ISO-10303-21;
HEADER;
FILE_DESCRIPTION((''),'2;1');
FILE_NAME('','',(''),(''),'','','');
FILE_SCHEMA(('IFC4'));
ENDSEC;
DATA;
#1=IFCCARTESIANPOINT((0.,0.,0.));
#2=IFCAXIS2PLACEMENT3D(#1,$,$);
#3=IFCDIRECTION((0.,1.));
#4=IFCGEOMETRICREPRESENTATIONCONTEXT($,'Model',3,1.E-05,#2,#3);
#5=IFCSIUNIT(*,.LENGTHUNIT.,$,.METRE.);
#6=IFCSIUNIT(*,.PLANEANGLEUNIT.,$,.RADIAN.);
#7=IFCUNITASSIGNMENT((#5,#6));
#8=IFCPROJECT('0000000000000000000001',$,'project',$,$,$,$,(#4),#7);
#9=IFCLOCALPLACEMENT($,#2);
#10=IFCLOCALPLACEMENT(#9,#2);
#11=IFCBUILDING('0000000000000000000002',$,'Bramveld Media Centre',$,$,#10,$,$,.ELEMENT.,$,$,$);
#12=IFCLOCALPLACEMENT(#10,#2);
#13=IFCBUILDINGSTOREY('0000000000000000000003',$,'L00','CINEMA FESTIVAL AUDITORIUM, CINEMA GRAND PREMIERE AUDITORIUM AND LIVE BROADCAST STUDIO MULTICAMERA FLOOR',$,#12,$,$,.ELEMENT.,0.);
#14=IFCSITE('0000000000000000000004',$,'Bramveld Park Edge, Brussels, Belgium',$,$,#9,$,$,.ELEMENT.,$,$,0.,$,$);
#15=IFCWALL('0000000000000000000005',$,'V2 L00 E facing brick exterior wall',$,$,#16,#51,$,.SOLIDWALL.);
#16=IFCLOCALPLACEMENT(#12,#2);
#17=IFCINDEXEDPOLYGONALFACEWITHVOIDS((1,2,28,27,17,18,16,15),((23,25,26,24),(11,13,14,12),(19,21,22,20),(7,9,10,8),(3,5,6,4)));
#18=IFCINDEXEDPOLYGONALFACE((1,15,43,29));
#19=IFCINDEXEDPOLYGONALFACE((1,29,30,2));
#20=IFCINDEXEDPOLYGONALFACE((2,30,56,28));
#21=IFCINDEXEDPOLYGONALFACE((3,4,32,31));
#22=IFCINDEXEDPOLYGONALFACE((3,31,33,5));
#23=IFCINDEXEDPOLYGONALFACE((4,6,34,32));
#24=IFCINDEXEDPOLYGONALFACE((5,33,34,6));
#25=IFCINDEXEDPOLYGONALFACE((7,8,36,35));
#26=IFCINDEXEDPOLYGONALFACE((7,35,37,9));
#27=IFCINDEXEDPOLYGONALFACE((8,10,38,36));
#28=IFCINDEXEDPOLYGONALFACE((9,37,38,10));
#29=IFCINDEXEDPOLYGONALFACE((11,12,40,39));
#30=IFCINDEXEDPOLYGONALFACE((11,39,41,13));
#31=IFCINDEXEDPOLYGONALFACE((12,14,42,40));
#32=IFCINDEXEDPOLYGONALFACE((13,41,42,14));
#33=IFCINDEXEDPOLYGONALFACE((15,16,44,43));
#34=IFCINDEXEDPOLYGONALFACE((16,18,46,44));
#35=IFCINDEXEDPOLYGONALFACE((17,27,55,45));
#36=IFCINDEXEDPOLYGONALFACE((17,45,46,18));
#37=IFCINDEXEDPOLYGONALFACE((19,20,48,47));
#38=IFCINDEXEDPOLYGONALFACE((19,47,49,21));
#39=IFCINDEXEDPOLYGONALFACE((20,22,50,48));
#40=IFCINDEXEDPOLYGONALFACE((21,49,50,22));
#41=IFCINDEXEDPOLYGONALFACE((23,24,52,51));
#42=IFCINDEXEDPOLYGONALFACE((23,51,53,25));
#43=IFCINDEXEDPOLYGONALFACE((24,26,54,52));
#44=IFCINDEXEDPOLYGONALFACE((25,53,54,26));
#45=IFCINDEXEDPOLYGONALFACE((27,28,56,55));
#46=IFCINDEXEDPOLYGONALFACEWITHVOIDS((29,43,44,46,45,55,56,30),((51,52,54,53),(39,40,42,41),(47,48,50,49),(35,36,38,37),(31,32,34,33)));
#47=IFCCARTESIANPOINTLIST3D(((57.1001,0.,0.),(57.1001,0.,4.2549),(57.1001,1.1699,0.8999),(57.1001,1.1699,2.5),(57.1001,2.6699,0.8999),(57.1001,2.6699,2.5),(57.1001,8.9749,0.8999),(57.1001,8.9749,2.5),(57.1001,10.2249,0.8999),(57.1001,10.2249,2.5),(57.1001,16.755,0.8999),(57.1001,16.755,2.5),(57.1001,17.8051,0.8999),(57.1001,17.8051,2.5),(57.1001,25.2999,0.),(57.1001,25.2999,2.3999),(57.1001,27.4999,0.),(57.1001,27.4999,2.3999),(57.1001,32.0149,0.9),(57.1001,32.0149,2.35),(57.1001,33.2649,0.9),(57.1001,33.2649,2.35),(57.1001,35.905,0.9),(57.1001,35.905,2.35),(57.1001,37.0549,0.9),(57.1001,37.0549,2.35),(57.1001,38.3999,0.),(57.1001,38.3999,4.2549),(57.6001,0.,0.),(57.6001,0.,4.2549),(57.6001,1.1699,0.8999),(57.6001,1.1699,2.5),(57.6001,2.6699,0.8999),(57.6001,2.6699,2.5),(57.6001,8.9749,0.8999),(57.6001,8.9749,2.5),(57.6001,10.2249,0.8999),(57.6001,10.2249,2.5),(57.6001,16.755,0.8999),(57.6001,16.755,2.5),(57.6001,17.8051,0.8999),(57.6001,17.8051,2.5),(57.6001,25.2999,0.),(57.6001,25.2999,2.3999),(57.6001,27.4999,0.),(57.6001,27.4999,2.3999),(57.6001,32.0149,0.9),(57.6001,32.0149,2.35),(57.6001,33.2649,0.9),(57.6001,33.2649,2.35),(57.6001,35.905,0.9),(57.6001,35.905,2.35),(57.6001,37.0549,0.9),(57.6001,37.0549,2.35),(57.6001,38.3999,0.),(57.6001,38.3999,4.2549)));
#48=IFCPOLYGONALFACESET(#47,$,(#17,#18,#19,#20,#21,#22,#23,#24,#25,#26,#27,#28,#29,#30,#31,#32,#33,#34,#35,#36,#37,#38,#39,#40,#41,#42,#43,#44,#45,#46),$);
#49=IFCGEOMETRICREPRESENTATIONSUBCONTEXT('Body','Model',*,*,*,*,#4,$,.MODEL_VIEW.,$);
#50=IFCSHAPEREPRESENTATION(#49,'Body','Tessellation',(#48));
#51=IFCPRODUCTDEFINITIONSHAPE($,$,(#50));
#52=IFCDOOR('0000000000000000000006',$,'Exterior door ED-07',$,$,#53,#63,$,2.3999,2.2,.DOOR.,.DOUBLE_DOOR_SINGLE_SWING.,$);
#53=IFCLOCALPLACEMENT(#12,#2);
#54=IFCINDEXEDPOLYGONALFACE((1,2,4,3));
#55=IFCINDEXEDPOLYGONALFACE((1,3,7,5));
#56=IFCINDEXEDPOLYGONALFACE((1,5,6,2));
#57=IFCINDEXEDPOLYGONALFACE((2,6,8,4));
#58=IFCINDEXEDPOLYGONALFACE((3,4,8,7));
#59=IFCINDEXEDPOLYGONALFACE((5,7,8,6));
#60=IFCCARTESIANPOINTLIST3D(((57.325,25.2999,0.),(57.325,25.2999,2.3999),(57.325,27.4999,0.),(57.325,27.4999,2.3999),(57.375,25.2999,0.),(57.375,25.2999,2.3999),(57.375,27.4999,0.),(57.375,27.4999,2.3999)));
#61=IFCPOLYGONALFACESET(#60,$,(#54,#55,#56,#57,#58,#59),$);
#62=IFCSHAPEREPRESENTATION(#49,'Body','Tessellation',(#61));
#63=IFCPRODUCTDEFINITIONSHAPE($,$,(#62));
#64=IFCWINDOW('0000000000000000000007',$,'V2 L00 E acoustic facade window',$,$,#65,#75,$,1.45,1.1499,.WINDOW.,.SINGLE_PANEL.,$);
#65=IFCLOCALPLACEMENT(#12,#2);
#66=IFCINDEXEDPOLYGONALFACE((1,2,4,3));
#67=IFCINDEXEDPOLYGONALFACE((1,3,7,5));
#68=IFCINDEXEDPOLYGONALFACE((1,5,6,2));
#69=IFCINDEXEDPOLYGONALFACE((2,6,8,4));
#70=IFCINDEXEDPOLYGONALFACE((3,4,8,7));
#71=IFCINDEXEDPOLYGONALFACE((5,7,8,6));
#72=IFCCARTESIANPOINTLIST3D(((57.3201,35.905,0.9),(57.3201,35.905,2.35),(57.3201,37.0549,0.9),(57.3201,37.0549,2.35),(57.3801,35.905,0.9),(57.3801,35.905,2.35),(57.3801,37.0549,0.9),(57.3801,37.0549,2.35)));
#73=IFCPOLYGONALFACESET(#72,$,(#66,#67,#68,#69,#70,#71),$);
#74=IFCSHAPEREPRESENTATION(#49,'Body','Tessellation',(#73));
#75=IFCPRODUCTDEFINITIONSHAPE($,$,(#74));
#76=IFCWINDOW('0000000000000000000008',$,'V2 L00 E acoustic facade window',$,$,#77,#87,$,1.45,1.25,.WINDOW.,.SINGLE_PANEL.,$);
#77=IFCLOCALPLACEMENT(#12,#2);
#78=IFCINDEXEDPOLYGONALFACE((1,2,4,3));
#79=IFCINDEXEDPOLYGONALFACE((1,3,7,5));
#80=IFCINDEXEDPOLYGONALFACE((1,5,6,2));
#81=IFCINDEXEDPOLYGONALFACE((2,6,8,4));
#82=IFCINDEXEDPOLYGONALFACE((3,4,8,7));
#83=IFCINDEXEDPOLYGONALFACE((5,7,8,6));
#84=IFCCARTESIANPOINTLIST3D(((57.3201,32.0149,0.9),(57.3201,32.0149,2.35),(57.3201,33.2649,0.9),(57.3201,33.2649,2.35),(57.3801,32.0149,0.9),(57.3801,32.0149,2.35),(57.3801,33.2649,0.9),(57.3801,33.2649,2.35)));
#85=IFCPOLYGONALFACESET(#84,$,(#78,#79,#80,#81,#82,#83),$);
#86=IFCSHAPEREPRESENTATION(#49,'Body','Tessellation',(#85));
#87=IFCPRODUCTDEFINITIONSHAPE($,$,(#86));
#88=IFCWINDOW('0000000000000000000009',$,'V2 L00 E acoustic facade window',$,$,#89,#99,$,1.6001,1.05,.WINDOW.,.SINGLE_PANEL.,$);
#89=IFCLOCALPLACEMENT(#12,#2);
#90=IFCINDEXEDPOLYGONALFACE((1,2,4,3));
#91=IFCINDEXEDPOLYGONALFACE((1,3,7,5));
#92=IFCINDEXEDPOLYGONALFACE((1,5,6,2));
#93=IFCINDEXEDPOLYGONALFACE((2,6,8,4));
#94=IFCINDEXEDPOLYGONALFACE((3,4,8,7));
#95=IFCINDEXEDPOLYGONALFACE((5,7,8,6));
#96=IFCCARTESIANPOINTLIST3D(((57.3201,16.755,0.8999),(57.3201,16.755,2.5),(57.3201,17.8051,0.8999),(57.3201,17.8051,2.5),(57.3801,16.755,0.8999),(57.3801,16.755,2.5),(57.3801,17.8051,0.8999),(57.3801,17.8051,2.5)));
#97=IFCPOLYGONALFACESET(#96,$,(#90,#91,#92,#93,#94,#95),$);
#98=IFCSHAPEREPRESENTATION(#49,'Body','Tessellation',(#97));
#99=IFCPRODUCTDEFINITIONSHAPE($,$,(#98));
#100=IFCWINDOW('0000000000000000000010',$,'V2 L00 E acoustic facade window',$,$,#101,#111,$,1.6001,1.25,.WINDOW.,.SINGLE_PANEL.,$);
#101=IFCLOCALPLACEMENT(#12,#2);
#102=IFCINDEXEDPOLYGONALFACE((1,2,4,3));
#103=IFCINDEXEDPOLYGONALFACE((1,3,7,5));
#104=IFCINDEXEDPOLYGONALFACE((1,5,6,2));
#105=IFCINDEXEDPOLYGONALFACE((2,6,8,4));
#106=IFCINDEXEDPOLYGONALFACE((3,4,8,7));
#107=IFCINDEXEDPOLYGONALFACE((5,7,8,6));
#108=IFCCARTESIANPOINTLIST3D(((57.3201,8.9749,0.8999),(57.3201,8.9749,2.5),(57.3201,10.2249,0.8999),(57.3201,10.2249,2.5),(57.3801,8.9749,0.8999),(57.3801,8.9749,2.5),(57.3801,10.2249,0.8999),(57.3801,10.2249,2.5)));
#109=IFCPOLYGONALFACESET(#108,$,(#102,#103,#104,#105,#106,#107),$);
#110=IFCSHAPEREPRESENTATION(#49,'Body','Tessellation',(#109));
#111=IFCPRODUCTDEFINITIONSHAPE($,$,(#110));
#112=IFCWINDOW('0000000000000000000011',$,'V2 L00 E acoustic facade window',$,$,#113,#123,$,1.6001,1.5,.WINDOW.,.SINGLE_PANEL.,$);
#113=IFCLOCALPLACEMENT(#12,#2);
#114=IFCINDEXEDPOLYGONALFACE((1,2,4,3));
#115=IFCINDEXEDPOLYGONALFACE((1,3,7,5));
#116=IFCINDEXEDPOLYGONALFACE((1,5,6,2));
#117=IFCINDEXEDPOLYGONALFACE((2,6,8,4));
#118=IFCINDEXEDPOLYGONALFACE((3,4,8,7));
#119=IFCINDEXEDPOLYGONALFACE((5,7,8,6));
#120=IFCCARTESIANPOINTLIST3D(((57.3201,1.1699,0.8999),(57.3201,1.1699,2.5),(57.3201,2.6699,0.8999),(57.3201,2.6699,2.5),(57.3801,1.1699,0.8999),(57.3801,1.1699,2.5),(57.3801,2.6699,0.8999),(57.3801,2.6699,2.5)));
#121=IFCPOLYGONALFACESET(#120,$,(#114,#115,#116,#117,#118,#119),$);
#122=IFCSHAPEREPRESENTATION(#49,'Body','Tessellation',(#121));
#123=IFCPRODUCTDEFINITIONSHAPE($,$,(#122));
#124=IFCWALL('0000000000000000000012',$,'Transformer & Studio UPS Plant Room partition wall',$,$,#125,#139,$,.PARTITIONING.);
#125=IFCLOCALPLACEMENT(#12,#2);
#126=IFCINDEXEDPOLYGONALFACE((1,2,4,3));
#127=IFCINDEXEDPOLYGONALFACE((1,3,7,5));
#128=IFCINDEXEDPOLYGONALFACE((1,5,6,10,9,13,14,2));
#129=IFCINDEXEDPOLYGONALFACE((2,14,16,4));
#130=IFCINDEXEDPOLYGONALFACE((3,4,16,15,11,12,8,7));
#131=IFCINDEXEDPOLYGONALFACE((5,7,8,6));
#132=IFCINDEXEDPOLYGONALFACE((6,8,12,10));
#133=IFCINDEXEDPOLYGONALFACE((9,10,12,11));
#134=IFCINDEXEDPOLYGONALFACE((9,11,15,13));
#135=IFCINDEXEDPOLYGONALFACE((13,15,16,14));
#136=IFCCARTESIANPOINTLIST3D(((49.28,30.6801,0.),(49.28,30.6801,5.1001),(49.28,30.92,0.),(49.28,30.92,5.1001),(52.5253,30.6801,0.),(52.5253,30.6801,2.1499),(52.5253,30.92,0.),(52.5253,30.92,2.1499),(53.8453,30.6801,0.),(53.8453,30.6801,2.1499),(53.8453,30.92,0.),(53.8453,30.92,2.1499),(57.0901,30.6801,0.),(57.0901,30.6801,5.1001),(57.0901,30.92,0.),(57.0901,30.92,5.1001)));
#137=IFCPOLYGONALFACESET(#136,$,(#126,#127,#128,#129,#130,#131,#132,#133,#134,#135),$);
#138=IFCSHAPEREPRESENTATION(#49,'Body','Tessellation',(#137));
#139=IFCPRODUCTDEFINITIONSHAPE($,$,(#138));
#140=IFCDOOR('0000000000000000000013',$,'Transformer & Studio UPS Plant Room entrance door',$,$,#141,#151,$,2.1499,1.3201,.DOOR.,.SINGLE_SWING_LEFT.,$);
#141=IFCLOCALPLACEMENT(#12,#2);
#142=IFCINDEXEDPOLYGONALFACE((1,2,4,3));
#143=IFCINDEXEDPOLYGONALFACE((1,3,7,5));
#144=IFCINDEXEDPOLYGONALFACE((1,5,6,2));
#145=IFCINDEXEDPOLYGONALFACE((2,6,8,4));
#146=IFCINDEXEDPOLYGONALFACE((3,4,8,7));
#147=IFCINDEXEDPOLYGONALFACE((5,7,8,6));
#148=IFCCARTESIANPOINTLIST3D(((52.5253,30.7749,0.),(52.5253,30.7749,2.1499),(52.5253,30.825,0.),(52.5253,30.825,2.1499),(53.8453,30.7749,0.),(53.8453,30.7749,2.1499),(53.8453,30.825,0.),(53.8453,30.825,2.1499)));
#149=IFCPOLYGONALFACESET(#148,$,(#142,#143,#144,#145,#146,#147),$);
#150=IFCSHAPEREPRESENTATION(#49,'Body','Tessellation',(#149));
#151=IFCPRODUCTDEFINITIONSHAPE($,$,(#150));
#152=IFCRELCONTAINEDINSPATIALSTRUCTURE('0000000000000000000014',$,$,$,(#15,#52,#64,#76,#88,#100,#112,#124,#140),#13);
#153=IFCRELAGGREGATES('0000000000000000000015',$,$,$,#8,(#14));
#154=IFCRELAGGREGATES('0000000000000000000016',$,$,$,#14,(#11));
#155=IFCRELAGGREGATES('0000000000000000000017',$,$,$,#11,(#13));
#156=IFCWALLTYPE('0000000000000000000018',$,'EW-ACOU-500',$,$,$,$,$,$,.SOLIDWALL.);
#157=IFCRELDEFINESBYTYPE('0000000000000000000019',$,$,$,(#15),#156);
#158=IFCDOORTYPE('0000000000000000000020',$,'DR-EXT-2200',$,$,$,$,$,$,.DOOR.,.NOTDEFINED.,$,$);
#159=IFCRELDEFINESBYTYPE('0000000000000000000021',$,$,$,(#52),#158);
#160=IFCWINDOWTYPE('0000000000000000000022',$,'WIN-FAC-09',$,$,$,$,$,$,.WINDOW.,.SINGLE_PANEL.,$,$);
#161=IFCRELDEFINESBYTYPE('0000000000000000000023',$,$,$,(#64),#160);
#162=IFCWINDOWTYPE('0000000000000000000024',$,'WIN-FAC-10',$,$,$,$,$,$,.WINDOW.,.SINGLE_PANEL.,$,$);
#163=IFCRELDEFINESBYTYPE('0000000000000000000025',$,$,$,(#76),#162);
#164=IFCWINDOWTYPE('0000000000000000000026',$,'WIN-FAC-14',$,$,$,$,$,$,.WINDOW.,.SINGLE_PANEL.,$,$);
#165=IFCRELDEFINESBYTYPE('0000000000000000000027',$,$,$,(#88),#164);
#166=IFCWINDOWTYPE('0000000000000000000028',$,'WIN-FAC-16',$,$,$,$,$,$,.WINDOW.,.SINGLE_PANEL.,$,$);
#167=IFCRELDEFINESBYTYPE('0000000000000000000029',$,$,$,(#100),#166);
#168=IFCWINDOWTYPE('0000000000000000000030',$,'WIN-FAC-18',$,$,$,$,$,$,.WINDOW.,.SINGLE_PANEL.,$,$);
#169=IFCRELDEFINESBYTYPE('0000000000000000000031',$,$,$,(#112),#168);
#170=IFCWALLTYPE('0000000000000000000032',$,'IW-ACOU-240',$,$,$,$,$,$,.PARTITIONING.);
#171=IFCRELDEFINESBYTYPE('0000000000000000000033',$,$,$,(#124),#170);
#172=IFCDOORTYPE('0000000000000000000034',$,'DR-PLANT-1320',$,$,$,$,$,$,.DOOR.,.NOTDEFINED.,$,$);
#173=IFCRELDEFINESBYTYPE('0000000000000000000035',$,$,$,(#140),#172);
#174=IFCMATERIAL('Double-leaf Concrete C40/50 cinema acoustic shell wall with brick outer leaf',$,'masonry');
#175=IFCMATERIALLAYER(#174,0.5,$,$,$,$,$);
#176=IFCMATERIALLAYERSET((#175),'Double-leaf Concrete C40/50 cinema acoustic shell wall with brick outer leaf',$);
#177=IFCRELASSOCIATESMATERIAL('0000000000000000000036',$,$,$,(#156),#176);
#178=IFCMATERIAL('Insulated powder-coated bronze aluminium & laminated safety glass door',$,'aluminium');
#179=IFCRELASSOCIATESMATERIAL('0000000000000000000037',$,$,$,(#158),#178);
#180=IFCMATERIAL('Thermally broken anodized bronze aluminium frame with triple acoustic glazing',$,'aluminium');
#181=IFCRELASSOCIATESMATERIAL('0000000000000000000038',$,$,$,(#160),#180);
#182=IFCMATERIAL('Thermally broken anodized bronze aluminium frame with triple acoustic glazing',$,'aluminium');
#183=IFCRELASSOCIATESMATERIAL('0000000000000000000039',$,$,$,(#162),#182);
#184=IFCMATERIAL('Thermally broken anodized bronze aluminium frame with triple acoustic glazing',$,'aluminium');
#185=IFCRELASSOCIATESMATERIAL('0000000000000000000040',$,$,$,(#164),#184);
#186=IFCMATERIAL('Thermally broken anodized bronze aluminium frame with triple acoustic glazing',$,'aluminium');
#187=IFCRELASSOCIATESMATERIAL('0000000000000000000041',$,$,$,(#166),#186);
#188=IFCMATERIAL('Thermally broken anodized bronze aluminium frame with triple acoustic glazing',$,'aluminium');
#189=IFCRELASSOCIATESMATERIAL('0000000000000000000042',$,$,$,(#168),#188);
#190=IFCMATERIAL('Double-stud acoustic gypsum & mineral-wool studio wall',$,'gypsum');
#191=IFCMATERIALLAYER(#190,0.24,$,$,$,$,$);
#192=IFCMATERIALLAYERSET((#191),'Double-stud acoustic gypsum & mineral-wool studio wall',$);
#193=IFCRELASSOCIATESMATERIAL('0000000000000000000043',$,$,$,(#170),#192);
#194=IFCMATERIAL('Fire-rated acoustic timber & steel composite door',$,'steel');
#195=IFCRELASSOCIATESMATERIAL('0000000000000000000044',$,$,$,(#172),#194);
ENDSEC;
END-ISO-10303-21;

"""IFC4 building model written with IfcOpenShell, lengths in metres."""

from ifc_helpers import new_model, si_unit, direction, frame, frame_2d, origin, place, context, subcontext, project, spatial, rectangle, extrude, material, layer, layer_set, type_object, element, fill, save


model = new_model("IFC4")

# Units and contexts
model_context = context("Model", 3, precision=1e-05, world=origin(), true_north=direction((0.0, 1.0)))
body_context = subcontext(model_context, "Body", "Model", "MODEL_VIEW")
ifc_project = project(units=[si_unit("LENGTHUNIT", "METRE"), si_unit("PLANEANGLEUNIT", "RADIAN")], contexts=[model_context])

# Site, building, storey
site_placement = place(None, origin())
site = spatial("IfcSite", under=ifc_project, at=site_placement, Name="Bramveld Park Edge, Brussels, Belgium", CompositionType="ELEMENT", RefElevation=0.0)
building_placement = place(site_placement, origin())
building = spatial("IfcBuilding", under=site, at=building_placement, Name="Bramveld Media Centre", CompositionType="ELEMENT")
storey_placement = place(building_placement, origin())
storey = spatial("IfcBuildingStorey", under=building, at=storey_placement, Name="L00", Description="CINEMA FESTIVAL AUDITORIUM, CINEMA GRAND PREMIERE AUDITORIUM AND LIVE BROADCAST STUDIO MULTICAMERA FLOOR", CompositionType="ELEMENT", Elevation=0.0)

# Wall, openings, door, windows
ifc_material_1 = material(Name="Double-leaf Concrete C40/50 cinema acoustic shell wall with brick outer leaf", Category="masonry")
ifc_layer_1 = layer(ifc_material_1, 0.5)
ifc_layer_set_1 = layer_set([ifc_layer_1], Name="Double-leaf Concrete C40/50 cinema acoustic shell wall with brick outer leaf")
wall_type_1 = type_object("IfcWallType", Name="EW-ACOU-500", PredefinedType="SOLIDWALL", material=ifc_layer_set_1)
wall_1_placement = place(storey_placement, frame((57.3501, 38.3999, 0.0), z_axis=(0.0, 0.0, 1.0), x_axis=(0.0, -1.0, 0.0)))
wall_1 = element("IfcWall", 1, at=wall_1_placement, inside=storey, type_object=wall_type_1, Name="V2 L00 E facing brick exterior wall", PredefinedType="SOLIDWALL", context=body_context, shape_type="SweptSolid", body=[
    extrude(rectangle(XDim=38.3999, YDim=0.5, at=frame_2d((19.2, 0.0))), origin(), (0.0, 0.0, 1.0), 4.2549),
])
opening_1_placement = place(wall_1_placement, frame((10.8999, 0.0, 0.0)))
opening_1 = element("IfcOpeningElement", 2, at=opening_1_placement, cuts=wall_1, PredefinedType="OPENING", context=body_context, shape_type="SweptSolid", body=[
    extrude(rectangle(XDim=2.2, YDim=2.3999, at=frame_2d((1.1001, 1.2))), frame((0.0, 0.262, 0.0), z_axis=(0.0, -1.0, 0.0), x_axis=(1.0, 0.0, 0.0)), (0.0, 0.0, 1.0), 0.5239),
])
opening_2_placement = place(wall_1_placement, frame((1.345, 0.0, 0.8999)))
opening_2 = element("IfcOpeningElement", 3, at=opening_2_placement, cuts=wall_1, PredefinedType="OPENING", context=body_context, shape_type="SweptSolid", body=[
    extrude(rectangle(XDim=1.1499, YDim=1.45, at=frame_2d((0.575, 0.7251))), frame((0.0, 0.262, 0.0), z_axis=(0.0, -1.0, 0.0), x_axis=(1.0, 0.0, 0.0)), (0.0, 0.0, 1.0), 0.5239),
])
opening_3_placement = place(wall_1_placement, frame((5.135, 0.0, 0.8999)))
opening_3 = element("IfcOpeningElement", 4, at=opening_3_placement, cuts=wall_1, PredefinedType="OPENING", context=body_context, shape_type="SweptSolid", body=[
    extrude(rectangle(XDim=1.25, YDim=1.45, at=frame_2d((0.625, 0.7251))), frame((0.0, 0.262, 0.0), z_axis=(0.0, -1.0, 0.0), x_axis=(1.0, 0.0, 0.0)), (0.0, 0.0, 1.0), 0.5239),
])
opening_4_placement = place(wall_1_placement, frame((20.595, 0.0, 0.8999)))
opening_4 = element("IfcOpeningElement", 5, at=opening_4_placement, cuts=wall_1, PredefinedType="OPENING", context=body_context, shape_type="SweptSolid", body=[
    extrude(rectangle(XDim=1.05, YDim=1.6001, at=frame_2d((0.5249, 0.8))), frame((0.0, 0.262, 0.0), z_axis=(0.0, -1.0, 0.0), x_axis=(1.0, 0.0, 0.0)), (0.0, 0.0, 1.0), 0.5239),
])
opening_5_placement = place(wall_1_placement, frame((28.175, 0.0, 0.8999)))
opening_5 = element("IfcOpeningElement", 6, at=opening_5_placement, cuts=wall_1, PredefinedType="OPENING", context=body_context, shape_type="SweptSolid", body=[
    extrude(rectangle(XDim=1.25, YDim=1.6001, at=frame_2d((0.625, 0.8))), frame((0.0, 0.262, 0.0), z_axis=(0.0, -1.0, 0.0), x_axis=(1.0, 0.0, 0.0)), (0.0, 0.0, 1.0), 0.5239),
])
opening_6_placement = place(wall_1_placement, frame((35.73, 0.0, 0.8999)))
opening_6 = element("IfcOpeningElement", 7, at=opening_6_placement, cuts=wall_1, PredefinedType="OPENING", context=body_context, shape_type="SweptSolid", body=[
    extrude(rectangle(XDim=1.5, YDim=1.6001, at=frame_2d((0.75, 0.8))), frame((0.0, 0.262, 0.0), z_axis=(0.0, -1.0, 0.0), x_axis=(1.0, 0.0, 0.0)), (0.0, 0.0, 1.0), 0.5239),
])
ifc_material_2 = material(Name="Insulated powder-coated bronze aluminium & laminated safety glass door", Category="aluminium")
door_type_1 = type_object("IfcDoorType", Name="DR-EXT-2200", OperationType="NOTDEFINED", PredefinedType="DOOR", material=ifc_material_2)
door_1_placement = place(opening_1_placement, origin())
door_1 = element("IfcDoor", 8, at=door_1_placement, inside=storey, type_object=door_type_1, Name="Exterior door ED-07", OperationType="DOUBLE_DOOR_SINGLE_SWING", OverallHeight=2.3999, OverallWidth=2.2, PredefinedType="DOOR", context=body_context, shape_type="SweptSolid", body=[
    extrude(rectangle(XDim=2.2, YDim=2.3999, at=frame_2d((1.1001, 1.2))), frame((0.0, 0.0249, 0.0), z_axis=(0.0, -1.0, 0.0), x_axis=(1.0, 0.0, 0.0)), (0.0, 0.0, 1.0), 0.05),
])
fill(opening_1, door_1)
ifc_material_3 = material(Name="Thermally broken anodized bronze aluminium frame with triple acoustic glazing", Category="aluminium")
window_type_1 = type_object("IfcWindowType", Name="WIN-FAC-09", PartitioningType="SINGLE_PANEL", PredefinedType="WINDOW", material=ifc_material_3)
window_1_placement = place(opening_2_placement, origin())
window_1 = element("IfcWindow", 9, at=window_1_placement, inside=storey, type_object=window_type_1, Name="V2 L00 E acoustic facade window", OverallHeight=1.45, OverallWidth=1.1499, PartitioningType="SINGLE_PANEL", PredefinedType="WINDOW", context=body_context, shape_type="SweptSolid", body=[
    extrude(rectangle(XDim=1.1499, YDim=1.45, at=frame_2d((0.575, 0.7251))), frame((0.0, 0.03, 0.0), z_axis=(0.0, -1.0, 0.0), x_axis=(1.0, 0.0, 0.0)), (0.0, 0.0, 1.0), 0.0601),
])
fill(opening_2, window_1)
ifc_material_4 = material(Name="Thermally broken anodized bronze aluminium frame with triple acoustic glazing", Category="aluminium")
window_type_2 = type_object("IfcWindowType", Name="WIN-FAC-10", PartitioningType="SINGLE_PANEL", PredefinedType="WINDOW", material=ifc_material_4)
window_2_placement = place(opening_3_placement, origin())
window_2 = element("IfcWindow", 10, at=window_2_placement, inside=storey, type_object=window_type_2, Name="V2 L00 E acoustic facade window", OverallHeight=1.45, OverallWidth=1.25, PartitioningType="SINGLE_PANEL", PredefinedType="WINDOW", context=body_context, shape_type="SweptSolid", body=[
    extrude(rectangle(XDim=1.25, YDim=1.45, at=frame_2d((0.625, 0.7251))), frame((0.0, 0.03, 0.0), z_axis=(0.0, -1.0, 0.0), x_axis=(1.0, 0.0, 0.0)), (0.0, 0.0, 1.0), 0.0601),
])
fill(opening_3, window_2)
ifc_material_5 = material(Name="Thermally broken anodized bronze aluminium frame with triple acoustic glazing", Category="aluminium")
window_type_3 = type_object("IfcWindowType", Name="WIN-FAC-14", PartitioningType="SINGLE_PANEL", PredefinedType="WINDOW", material=ifc_material_5)
window_3_placement = place(opening_4_placement, origin())
window_3 = element("IfcWindow", 11, at=window_3_placement, inside=storey, type_object=window_type_3, Name="V2 L00 E acoustic facade window", OverallHeight=1.6001, OverallWidth=1.05, PartitioningType="SINGLE_PANEL", PredefinedType="WINDOW", context=body_context, shape_type="SweptSolid", body=[
    extrude(rectangle(XDim=1.05, YDim=1.6001, at=frame_2d((0.5249, 0.8))), frame((0.0, 0.03, 0.0), z_axis=(0.0, -1.0, 0.0), x_axis=(1.0, 0.0, 0.0)), (0.0, 0.0, 1.0), 0.0601),
])
fill(opening_4, window_3)
ifc_material_6 = material(Name="Thermally broken anodized bronze aluminium frame with triple acoustic glazing", Category="aluminium")
window_type_4 = type_object("IfcWindowType", Name="WIN-FAC-16", PartitioningType="SINGLE_PANEL", PredefinedType="WINDOW", material=ifc_material_6)
window_4_placement = place(opening_5_placement, origin())
window_4 = element("IfcWindow", 12, at=window_4_placement, inside=storey, type_object=window_type_4, Name="V2 L00 E acoustic facade window", OverallHeight=1.6001, OverallWidth=1.25, PartitioningType="SINGLE_PANEL", PredefinedType="WINDOW", context=body_context, shape_type="SweptSolid", body=[
    extrude(rectangle(XDim=1.25, YDim=1.6001, at=frame_2d((0.625, 0.8))), frame((0.0, 0.03, 0.0), z_axis=(0.0, -1.0, 0.0), x_axis=(1.0, 0.0, 0.0)), (0.0, 0.0, 1.0), 0.0601),
])
fill(opening_5, window_4)
ifc_material_7 = material(Name="Thermally broken anodized bronze aluminium frame with triple acoustic glazing", Category="aluminium")
window_type_5 = type_object("IfcWindowType", Name="WIN-FAC-18", PartitioningType="SINGLE_PANEL", PredefinedType="WINDOW", material=ifc_material_7)
window_5_placement = place(opening_6_placement, origin())
window_5 = element("IfcWindow", 13, at=window_5_placement, inside=storey, type_object=window_type_5, Name="V2 L00 E acoustic facade window", OverallHeight=1.6001, OverallWidth=1.5, PartitioningType="SINGLE_PANEL", PredefinedType="WINDOW", context=body_context, shape_type="SweptSolid", body=[
    extrude(rectangle(XDim=1.5, YDim=1.6001, at=frame_2d((0.75, 0.8))), frame((0.0, 0.03, 0.0), z_axis=(0.0, -1.0, 0.0), x_axis=(1.0, 0.0, 0.0)), (0.0, 0.0, 1.0), 0.0601),
])
fill(opening_6, window_5)

# Wall, opening, door
ifc_material_8 = material(Name="Double-stud acoustic gypsum & mineral-wool studio wall", Category="gypsum")
ifc_layer_2 = layer(ifc_material_8, 0.24)
ifc_layer_set_2 = layer_set([ifc_layer_2], Name="Double-stud acoustic gypsum & mineral-wool studio wall")
wall_type_2 = type_object("IfcWallType", Name="IW-ACOU-240", PredefinedType="PARTITIONING", material=ifc_layer_set_2)
wall_2_placement = place(storey_placement, frame((49.28, 30.8, 0.0), z_axis=(0.0, 0.0, 1.0), x_axis=(1.0, 0.0, 0.0)))
wall_2 = element("IfcWall", 14, at=wall_2_placement, inside=storey, type_object=wall_type_2, Name="Transformer & Studio UPS Plant Room partition wall", PredefinedType="PARTITIONING", context=body_context, shape_type="SweptSolid", body=[
    extrude(rectangle(XDim=7.8101, YDim=0.24, at=frame_2d((3.905, 0.0))), origin(), (0.0, 0.0, 1.0), 5.1001),
])
opening_7_placement = place(wall_2_placement, frame((3.2451, 0.0, 0.0)))
opening_7 = element("IfcOpeningElement", 15, at=opening_7_placement, cuts=wall_2, PredefinedType="OPENING", context=body_context, shape_type="SweptSolid", body=[
    extrude(rectangle(XDim=1.3201, YDim=2.1499, at=frame_2d((0.6602, 1.075))), frame((0.0, 0.1318, 0.0), z_axis=(0.0, -1.0, 0.0), x_axis=(1.0, 0.0, 0.0)), (0.0, 0.0, 1.0), 0.2639),
])
ifc_material_9 = material(Name="Fire-rated acoustic timber & steel composite door", Category="steel")
door_type_2 = type_object("IfcDoorType", Name="DR-PLANT-1320", OperationType="NOTDEFINED", PredefinedType="DOOR", material=ifc_material_9)
door_2_placement = place(opening_7_placement, origin())
door_2 = element("IfcDoor", 16, at=door_2_placement, inside=storey, type_object=door_type_2, Name="Transformer & Studio UPS Plant Room entrance door", OperationType="SINGLE_SWING_LEFT", OverallHeight=2.1499, OverallWidth=1.3201, PredefinedType="DOOR", context=body_context, shape_type="SweptSolid", body=[
    extrude(rectangle(XDim=1.3201, YDim=2.1499, at=frame_2d((0.6602, 1.075))), frame((0.0, 0.0249, 0.0), z_axis=(0.0, -1.0, 0.0), x_axis=(1.0, 0.0, 0.0)), (0.0, 0.0, 1.0), 0.05),
])
fill(opening_7, door_2)

save(model, "model.ifc")
